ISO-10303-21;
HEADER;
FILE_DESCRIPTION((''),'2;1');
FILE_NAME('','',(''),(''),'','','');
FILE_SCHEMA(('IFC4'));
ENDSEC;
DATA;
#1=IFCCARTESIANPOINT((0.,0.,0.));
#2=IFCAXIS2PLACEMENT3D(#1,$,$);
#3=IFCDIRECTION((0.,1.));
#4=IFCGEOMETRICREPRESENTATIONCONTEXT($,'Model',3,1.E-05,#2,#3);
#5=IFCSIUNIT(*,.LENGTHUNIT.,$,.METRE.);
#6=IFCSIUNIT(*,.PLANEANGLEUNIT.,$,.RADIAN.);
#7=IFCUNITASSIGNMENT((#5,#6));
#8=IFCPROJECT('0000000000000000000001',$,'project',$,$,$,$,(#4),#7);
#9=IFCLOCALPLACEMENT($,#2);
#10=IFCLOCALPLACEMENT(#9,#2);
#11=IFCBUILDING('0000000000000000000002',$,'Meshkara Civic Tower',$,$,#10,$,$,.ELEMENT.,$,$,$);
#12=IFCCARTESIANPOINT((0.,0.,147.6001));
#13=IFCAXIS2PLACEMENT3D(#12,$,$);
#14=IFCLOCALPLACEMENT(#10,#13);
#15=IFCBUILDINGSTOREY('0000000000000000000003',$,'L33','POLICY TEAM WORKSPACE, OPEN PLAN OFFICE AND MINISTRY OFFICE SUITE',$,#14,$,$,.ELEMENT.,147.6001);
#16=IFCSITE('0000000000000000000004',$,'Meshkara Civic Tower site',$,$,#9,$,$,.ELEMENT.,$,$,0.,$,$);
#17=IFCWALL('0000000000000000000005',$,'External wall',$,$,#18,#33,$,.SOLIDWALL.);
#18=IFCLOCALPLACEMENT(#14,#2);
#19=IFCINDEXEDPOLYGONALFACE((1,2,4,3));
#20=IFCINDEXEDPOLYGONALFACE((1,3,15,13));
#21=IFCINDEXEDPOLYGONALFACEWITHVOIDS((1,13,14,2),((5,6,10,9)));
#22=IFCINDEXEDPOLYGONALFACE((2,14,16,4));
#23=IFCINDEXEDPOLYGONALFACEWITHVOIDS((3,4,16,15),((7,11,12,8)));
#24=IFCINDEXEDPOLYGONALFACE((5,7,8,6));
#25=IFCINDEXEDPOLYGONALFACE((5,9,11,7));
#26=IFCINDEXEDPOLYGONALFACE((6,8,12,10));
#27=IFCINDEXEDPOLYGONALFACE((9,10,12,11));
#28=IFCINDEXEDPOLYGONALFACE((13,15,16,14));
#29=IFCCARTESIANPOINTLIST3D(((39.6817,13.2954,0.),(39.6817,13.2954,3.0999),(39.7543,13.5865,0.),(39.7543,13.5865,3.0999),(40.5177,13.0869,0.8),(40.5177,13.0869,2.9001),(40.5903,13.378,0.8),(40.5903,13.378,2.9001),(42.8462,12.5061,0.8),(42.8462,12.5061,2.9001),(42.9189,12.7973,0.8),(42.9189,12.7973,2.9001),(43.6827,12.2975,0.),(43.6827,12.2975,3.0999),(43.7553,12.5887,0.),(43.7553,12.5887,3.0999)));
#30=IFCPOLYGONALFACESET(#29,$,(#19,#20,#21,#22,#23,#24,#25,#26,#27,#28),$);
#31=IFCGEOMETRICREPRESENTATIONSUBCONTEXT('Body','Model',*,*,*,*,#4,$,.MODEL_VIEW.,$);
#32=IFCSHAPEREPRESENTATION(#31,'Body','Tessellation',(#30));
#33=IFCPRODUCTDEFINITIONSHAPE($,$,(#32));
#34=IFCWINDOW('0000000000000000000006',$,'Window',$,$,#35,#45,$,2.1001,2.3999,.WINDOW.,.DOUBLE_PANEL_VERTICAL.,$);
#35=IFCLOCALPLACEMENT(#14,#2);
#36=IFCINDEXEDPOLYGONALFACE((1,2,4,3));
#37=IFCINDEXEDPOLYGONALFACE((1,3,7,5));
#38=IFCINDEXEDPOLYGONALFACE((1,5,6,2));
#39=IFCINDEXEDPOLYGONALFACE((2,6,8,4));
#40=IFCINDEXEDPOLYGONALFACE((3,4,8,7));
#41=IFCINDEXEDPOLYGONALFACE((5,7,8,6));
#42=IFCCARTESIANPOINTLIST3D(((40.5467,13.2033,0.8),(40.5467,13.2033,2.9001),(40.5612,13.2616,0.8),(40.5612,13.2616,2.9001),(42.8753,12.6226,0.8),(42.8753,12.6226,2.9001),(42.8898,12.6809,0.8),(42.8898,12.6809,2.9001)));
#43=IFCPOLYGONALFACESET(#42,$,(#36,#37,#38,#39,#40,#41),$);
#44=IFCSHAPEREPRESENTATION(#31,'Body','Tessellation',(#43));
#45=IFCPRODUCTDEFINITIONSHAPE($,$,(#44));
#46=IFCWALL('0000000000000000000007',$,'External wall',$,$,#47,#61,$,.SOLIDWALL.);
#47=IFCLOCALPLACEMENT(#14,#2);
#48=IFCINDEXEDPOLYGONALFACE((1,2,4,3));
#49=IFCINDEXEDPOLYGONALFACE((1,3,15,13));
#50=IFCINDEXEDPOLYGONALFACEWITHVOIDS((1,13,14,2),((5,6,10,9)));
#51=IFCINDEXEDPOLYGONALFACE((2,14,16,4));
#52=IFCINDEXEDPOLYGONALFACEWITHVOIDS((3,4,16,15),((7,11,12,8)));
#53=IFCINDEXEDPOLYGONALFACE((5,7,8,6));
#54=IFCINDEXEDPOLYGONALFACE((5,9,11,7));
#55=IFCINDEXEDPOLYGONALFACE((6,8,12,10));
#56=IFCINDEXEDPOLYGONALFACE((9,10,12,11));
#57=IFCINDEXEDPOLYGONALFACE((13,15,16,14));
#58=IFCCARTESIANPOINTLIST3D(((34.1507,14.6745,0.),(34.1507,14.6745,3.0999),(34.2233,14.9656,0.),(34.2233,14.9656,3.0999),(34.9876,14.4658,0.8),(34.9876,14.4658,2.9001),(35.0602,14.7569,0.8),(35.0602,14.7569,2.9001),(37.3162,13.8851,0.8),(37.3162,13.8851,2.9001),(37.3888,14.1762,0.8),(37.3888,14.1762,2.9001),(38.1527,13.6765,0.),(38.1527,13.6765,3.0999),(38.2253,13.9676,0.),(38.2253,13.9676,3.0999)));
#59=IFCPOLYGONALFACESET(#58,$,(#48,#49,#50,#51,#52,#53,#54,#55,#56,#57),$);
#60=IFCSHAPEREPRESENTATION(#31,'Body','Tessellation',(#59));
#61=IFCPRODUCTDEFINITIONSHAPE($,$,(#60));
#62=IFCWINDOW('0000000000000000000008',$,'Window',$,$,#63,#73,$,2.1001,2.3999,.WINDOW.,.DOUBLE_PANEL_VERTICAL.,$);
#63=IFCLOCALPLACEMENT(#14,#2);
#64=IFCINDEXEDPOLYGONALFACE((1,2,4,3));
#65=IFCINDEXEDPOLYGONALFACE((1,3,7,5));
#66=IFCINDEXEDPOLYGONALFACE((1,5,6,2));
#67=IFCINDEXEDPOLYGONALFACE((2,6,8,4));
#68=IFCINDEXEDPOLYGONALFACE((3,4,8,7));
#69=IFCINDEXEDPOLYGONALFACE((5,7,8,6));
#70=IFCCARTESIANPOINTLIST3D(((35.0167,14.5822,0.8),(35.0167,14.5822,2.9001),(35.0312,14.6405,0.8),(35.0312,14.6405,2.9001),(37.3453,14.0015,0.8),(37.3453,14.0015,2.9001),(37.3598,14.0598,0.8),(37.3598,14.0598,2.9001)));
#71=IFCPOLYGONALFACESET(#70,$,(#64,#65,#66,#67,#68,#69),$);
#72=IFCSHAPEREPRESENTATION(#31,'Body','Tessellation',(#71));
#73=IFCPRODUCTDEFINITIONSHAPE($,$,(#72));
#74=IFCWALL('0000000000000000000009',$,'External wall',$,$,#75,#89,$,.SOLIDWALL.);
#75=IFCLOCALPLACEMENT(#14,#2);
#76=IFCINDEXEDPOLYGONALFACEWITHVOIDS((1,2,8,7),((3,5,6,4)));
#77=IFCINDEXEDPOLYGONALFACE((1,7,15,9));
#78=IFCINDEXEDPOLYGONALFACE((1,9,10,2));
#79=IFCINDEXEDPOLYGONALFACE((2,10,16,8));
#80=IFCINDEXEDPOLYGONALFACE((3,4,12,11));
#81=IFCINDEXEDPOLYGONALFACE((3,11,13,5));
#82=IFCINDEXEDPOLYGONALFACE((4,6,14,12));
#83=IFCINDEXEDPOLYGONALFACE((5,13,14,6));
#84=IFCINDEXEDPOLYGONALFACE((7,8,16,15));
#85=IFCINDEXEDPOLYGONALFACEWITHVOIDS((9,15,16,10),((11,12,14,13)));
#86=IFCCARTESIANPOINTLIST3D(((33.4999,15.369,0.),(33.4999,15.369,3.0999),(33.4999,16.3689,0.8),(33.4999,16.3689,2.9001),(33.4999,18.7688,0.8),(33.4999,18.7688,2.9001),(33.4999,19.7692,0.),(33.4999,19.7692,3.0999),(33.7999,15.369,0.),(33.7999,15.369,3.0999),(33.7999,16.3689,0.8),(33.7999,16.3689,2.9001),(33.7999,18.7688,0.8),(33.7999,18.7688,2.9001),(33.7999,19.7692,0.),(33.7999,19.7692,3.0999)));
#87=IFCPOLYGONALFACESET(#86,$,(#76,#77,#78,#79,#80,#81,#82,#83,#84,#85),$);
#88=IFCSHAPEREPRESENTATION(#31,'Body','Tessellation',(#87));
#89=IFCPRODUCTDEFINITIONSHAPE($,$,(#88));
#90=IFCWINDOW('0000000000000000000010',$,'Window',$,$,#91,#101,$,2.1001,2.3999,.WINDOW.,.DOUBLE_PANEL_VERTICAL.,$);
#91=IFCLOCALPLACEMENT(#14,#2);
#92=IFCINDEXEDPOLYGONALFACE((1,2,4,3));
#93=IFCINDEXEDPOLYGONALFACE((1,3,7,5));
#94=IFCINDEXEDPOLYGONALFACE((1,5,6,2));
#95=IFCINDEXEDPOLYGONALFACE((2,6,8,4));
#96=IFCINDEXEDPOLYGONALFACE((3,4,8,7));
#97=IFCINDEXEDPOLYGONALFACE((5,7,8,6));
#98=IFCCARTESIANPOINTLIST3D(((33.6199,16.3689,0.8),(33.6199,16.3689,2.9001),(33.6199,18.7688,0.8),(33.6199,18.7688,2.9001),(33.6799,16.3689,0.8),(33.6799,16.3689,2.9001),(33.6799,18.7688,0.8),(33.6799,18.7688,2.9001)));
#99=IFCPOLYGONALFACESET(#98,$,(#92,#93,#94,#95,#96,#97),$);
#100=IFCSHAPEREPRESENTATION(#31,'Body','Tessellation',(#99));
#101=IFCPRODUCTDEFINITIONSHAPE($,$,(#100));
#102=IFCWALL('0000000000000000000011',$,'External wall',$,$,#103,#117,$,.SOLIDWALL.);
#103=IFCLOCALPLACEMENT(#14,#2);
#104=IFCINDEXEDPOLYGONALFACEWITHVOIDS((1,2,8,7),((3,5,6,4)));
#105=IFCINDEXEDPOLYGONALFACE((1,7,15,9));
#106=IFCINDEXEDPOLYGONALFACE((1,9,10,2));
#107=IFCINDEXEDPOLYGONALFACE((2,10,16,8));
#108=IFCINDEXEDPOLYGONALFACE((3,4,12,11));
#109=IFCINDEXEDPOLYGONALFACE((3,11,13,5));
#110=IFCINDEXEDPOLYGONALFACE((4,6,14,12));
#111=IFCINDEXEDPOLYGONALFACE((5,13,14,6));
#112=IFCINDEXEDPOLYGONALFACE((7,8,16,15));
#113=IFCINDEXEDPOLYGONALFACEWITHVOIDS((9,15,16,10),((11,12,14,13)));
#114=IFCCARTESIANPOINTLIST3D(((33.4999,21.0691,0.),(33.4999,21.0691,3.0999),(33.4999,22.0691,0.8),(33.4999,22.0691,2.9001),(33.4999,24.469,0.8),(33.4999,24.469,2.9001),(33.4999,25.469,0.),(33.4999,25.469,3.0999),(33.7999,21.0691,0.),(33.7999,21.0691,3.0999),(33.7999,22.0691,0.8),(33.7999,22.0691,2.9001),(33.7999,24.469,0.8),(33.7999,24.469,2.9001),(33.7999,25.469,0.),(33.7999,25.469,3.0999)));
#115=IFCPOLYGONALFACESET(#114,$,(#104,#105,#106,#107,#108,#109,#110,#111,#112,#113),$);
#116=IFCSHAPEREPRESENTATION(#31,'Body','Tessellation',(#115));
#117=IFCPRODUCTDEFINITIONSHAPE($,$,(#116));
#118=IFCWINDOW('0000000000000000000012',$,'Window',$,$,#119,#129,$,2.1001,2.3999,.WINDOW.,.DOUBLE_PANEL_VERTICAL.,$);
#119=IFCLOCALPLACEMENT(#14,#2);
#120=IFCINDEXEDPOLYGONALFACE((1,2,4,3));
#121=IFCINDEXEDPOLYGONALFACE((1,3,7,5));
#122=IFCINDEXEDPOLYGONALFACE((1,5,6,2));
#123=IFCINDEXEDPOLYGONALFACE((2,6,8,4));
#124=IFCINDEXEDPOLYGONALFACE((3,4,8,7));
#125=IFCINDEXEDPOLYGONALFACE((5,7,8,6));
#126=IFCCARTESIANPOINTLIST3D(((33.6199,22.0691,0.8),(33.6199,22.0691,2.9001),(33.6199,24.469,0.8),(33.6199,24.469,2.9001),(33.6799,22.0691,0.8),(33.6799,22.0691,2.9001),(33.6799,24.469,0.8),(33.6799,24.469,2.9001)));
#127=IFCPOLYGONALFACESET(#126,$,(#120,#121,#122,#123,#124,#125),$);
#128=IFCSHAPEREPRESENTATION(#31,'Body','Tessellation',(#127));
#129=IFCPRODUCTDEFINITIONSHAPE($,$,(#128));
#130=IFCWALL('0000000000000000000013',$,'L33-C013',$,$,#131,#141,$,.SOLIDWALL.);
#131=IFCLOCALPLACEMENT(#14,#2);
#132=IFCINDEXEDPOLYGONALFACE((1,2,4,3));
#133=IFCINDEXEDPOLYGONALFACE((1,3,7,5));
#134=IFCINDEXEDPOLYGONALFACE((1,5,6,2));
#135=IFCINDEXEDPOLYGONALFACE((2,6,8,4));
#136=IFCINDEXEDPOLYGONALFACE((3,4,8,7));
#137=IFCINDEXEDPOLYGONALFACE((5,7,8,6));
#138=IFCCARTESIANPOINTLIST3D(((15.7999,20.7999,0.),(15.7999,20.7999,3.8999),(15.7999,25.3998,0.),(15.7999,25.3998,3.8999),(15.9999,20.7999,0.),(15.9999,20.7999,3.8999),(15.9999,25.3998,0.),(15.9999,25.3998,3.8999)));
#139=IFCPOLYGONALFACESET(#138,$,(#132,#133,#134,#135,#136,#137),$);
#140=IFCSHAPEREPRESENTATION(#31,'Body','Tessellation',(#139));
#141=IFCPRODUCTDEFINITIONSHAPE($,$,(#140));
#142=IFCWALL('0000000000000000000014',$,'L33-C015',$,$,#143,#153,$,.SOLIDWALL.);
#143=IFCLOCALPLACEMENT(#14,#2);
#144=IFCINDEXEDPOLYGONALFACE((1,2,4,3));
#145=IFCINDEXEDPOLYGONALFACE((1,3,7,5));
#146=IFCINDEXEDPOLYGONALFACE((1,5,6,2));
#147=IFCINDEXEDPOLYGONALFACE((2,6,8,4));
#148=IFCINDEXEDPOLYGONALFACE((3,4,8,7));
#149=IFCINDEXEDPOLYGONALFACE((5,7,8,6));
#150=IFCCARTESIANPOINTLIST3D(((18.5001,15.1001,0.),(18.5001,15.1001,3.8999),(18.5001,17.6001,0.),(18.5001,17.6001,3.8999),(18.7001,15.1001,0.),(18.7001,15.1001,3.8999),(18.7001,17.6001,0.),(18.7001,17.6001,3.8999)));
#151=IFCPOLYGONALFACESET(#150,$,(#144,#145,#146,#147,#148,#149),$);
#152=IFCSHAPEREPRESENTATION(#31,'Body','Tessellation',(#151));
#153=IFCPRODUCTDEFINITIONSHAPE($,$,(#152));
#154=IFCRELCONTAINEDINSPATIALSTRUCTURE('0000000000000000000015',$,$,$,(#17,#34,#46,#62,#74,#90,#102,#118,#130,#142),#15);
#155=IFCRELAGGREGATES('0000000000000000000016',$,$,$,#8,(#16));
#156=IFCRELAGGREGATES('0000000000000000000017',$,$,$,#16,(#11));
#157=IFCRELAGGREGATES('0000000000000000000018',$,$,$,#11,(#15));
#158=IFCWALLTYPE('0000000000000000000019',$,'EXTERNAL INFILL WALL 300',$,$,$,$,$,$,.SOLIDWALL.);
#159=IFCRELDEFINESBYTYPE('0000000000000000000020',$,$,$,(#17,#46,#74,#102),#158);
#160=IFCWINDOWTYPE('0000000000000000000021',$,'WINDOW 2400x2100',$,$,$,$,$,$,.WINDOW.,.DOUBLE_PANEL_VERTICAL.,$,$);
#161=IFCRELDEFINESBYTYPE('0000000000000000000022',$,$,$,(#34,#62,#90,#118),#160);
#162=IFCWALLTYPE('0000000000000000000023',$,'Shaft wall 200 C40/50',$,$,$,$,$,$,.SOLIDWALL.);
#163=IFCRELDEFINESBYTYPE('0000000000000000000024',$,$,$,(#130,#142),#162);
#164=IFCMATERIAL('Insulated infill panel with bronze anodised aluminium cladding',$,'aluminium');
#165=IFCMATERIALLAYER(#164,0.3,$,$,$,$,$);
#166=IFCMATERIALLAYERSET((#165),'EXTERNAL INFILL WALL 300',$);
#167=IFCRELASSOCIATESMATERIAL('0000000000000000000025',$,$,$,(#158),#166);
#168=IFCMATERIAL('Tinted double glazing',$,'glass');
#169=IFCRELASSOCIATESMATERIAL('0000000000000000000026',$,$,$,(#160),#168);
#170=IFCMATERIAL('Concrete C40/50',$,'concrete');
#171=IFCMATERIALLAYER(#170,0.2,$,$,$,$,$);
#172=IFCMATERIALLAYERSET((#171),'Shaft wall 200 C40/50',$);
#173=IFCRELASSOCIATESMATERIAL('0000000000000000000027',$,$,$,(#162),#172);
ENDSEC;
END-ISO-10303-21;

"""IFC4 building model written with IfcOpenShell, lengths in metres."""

from ifc_helpers import new_model, si_unit, direction, frame, frame_2d, origin, place, context, subcontext, project, spatial, rectangle, extrude, material, layer, layer_set, type_object, element, fill, save


model = new_model("IFC4")

# Units and contexts
model_context = context("Model", 3, precision=1e-05, world=origin(), true_north=direction((0.0, 1.0)))
body_context = subcontext(model_context, "Body", "Model", "MODEL_VIEW")
ifc_project = project(units=[si_unit("LENGTHUNIT", "METRE"), si_unit("PLANEANGLEUNIT", "RADIAN")], contexts=[model_context])

# Site, building, storey
site_placement = place(None, origin())
site = spatial("IfcSite", under=ifc_project, at=site_placement, Name="Meshkara Civic Tower site", CompositionType="ELEMENT", RefElevation=0.0)
building_placement = place(site_placement, origin())
building = spatial("IfcBuilding", under=site, at=building_placement, Name="Meshkara Civic Tower", CompositionType="ELEMENT")
storey_placement = place(building_placement, frame((0.0, 0.0, 147.6001)))
storey = spatial("IfcBuildingStorey", under=building, at=storey_placement, Name="L33", Description="POLICY TEAM WORKSPACE, OPEN PLAN OFFICE AND MINISTRY OFFICE SUITE", CompositionType="ELEMENT", Elevation=147.6001)

# Walls, openings, windows
ifc_material_1 = material(Name="Insulated infill panel with bronze anodised aluminium cladding", Category="aluminium")
ifc_layer_1 = layer(ifc_material_1, 0.3)
ifc_layer_set_1 = layer_set([ifc_layer_1], Name="EXTERNAL INFILL WALL 300")
wall_type_1 = type_object("IfcWallType", Name="EXTERNAL INFILL WALL 300", PredefinedType="SOLIDWALL", material=ifc_layer_set_1)
wall_1_placement = place(storey_placement, frame((43.719, 12.4431, 0.0), z_axis=(0.0, 0.0, 1.0), x_axis=(-0.970282, 0.241978, 0.0)))
wall_1 = element("IfcWall", 1, at=wall_1_placement, inside=storey, type_object=wall_type_1, Name="External wall", PredefinedType="SOLIDWALL", context=body_context, shape_type="SweptSolid", body=[
    extrude(rectangle(XDim=4.1235, YDim=0.3, at=frame_2d((2.0618, 0.0))), origin(), (0.0, 0.0, 1.0), 3.0999),
])
opening_1_placement = place(wall_1_placement, frame((0.8621, 0.0, 0.8)))
opening_1 = element("IfcOpeningElement", 2, at=opening_1_placement, cuts=wall_1, PredefinedType="OPENING", context=body_context, shape_type="SweptSolid", body=[
    extrude(rectangle(XDim=2.3999, YDim=2.1001, at=frame_2d((1.2, 1.05))), frame((0.0, 0.1599, 0.0), z_axis=(0.0, -1.0, 0.0), x_axis=(1.0, 0.0, 0.0)), (0.0, 0.0, 1.0), 0.3201),
])
ifc_material_2 = material(Name="Tinted double glazing", Category="glass")
window_type = type_object("IfcWindowType", Name="WINDOW 2400x2100", PartitioningType="DOUBLE_PANEL_VERTICAL", PredefinedType="WINDOW", material=ifc_material_2)
window_1_placement = place(opening_1_placement, origin())
window_1 = element("IfcWindow", 3, at=window_1_placement, inside=storey, type_object=window_type, Name="Window", OverallHeight=2.1001, OverallWidth=2.3999, PartitioningType="DOUBLE_PANEL_VERTICAL", PredefinedType="WINDOW", context=body_context, shape_type="SweptSolid", body=[
    extrude(rectangle(XDim=2.3999, YDim=2.1001, at=frame_2d((1.2, 1.05))), frame((0.0, 0.03, 0.0), z_axis=(0.0, -1.0, 0.0), x_axis=(1.0, 0.0, 0.0)), (0.0, 0.0, 1.0), 0.0601),
])
fill(opening_1, window_1)
wall_2_placement = place(storey_placement, frame((38.189, 13.822, 0.0), z_axis=(0.0, 0.0, 1.0), x_axis=(-0.970282, 0.241978, 0.0)))
wall_2 = element("IfcWall", 4, at=wall_2_placement, inside=storey, type_object=wall_type_1, Name="External wall", PredefinedType="SOLIDWALL", context=body_context, shape_type="SweptSolid", body=[
    extrude(rectangle(XDim=4.1245, YDim=0.3, at=frame_2d((2.0623, 0.0))), origin(), (0.0, 0.0, 1.0), 3.0999),
])
opening_2_placement = place(wall_2_placement, frame((0.8621, 0.0, 0.8)))
opening_2 = element("IfcOpeningElement", 5, at=opening_2_placement, cuts=wall_2, PredefinedType="OPENING", context=body_context, shape_type="SweptSolid", body=[
    extrude(rectangle(XDim=2.3999, YDim=2.1001, at=frame_2d((1.2, 1.05))), frame((0.0, 0.1599, 0.0), z_axis=(0.0, -1.0, 0.0), x_axis=(1.0, 0.0, 0.0)), (0.0, 0.0, 1.0), 0.3201),
])
window_2_placement = place(opening_2_placement, origin())
window_2 = element("IfcWindow", 6, at=window_2_placement, inside=storey, type_object=window_type, Name="Window", OverallHeight=2.1001, OverallWidth=2.3999, PartitioningType="DOUBLE_PANEL_VERTICAL", PredefinedType="WINDOW", context=body_context, shape_type="SweptSolid", body=[
    extrude(rectangle(XDim=2.3999, YDim=2.1001, at=frame_2d((1.2, 1.05))), frame((0.0, 0.03, 0.0), z_axis=(0.0, -1.0, 0.0), x_axis=(1.0, 0.0, 0.0)), (0.0, 0.0, 1.0), 0.0601),
])
fill(opening_2, window_2)
wall_3_placement = place(storey_placement, frame((33.6499, 15.3689, 0.0), z_axis=(0.0, 0.0, 1.0), x_axis=(0.0, 1.0, 0.0)))
wall_3 = element("IfcWall", 7, at=wall_3_placement, inside=storey, type_object=wall_type_1, Name="External wall", PredefinedType="SOLIDWALL", context=body_context, shape_type="SweptSolid", body=[
    extrude(rectangle(XDim=4.4001, YDim=0.3, at=frame_2d((2.2002, 0.0))), origin(), (0.0, 0.0, 1.0), 3.0999),
])
opening_3_placement = place(wall_3_placement, frame((1.0, 0.0, 0.8)))
opening_3 = element("IfcOpeningElement", 8, at=opening_3_placement, cuts=wall_3, PredefinedType="OPENING", context=body_context, shape_type="SweptSolid", body=[
    extrude(rectangle(XDim=2.3999, YDim=2.1001, at=frame_2d((1.2, 1.05))), frame((0.0, 0.1599, 0.0), z_axis=(0.0, -1.0, 0.0), x_axis=(1.0, 0.0, 0.0)), (0.0, 0.0, 1.0), 0.3201),
])
window_3_placement = place(opening_3_placement, origin())
window_3 = element("IfcWindow", 9, at=window_3_placement, inside=storey, type_object=window_type, Name="Window", OverallHeight=2.1001, OverallWidth=2.3999, PartitioningType="DOUBLE_PANEL_VERTICAL", PredefinedType="WINDOW", context=body_context, shape_type="SweptSolid", body=[
    extrude(rectangle(XDim=2.3999, YDim=2.1001, at=frame_2d((1.2, 1.05))), frame((0.0, 0.03, 0.0), z_axis=(0.0, -1.0, 0.0), x_axis=(1.0, 0.0, 0.0)), (0.0, 0.0, 1.0), 0.0601),
])
fill(opening_3, window_3)
wall_4_placement = place(storey_placement, frame((33.6499, 21.0691, 0.0), z_axis=(0.0, 0.0, 1.0), x_axis=(0.0, 1.0, 0.0)))
wall_4 = element("IfcWall", 10, at=wall_4_placement, inside=storey, type_object=wall_type_1, Name="External wall", PredefinedType="SOLIDWALL", context=body_context, shape_type="SweptSolid", body=[
    extrude(rectangle(XDim=4.3999, YDim=0.3, at=frame_2d((2.2, 0.0))), origin(), (0.0, 0.0, 1.0), 3.0999),
])
opening_4_placement = place(wall_4_placement, frame((1.0, 0.0, 0.8)))
opening_4 = element("IfcOpeningElement", 11, at=opening_4_placement, cuts=wall_4, PredefinedType="OPENING", context=body_context, shape_type="SweptSolid", body=[
    extrude(rectangle(XDim=2.3999, YDim=2.1001, at=frame_2d((1.2, 1.05))), frame((0.0, 0.1599, 0.0), z_axis=(0.0, -1.0, 0.0), x_axis=(1.0, 0.0, 0.0)), (0.0, 0.0, 1.0), 0.3201),
])
window_4_placement = place(opening_4_placement, origin())
window_4 = element("IfcWindow", 12, at=window_4_placement, inside=storey, type_object=window_type, Name="Window", OverallHeight=2.1001, OverallWidth=2.3999, PartitioningType="DOUBLE_PANEL_VERTICAL", PredefinedType="WINDOW", context=body_context, shape_type="SweptSolid", body=[
    extrude(rectangle(XDim=2.3999, YDim=2.1001, at=frame_2d((1.2, 1.05))), frame((0.0, 0.03, 0.0), z_axis=(0.0, -1.0, 0.0), x_axis=(1.0, 0.0, 0.0)), (0.0, 0.0, 1.0), 0.0601),
])
fill(opening_4, window_4)

# Walls
ifc_material_3 = material(Name="Concrete C40/50", Category="concrete")
ifc_layer_2 = layer(ifc_material_3, 0.2)
ifc_layer_set_2 = layer_set([ifc_layer_2], Name="Shaft wall 200 C40/50")
wall_type_2 = type_object("IfcWallType", Name="Shaft wall 200 C40/50", PredefinedType="SOLIDWALL", material=ifc_layer_set_2)
wall_5_placement = place(storey_placement, frame((15.8999, 20.8, 0.0), z_axis=(0.0, 0.0, 1.0), x_axis=(0.0, 1.0, 0.0)))
element("IfcWall", 13, at=wall_5_placement, inside=storey, type_object=wall_type_2, Name="L33-C013", PredefinedType="SOLIDWALL", context=body_context, shape_type="SweptSolid", body=[
    extrude(rectangle(XDim=4.5999, YDim=0.2, at=frame_2d((2.2998, 0.0))), origin(), (0.0, 0.0, 1.0), 3.8999),
])
wall_6_placement = place(storey_placement, frame((18.6001, 15.1001, 0.0), z_axis=(0.0, 0.0, 1.0), x_axis=(0.0, 1.0, 0.0)))
element("IfcWall", 14, at=wall_6_placement, inside=storey, type_object=wall_type_2, Name="L33-C015", PredefinedType="SOLIDWALL", context=body_context, shape_type="SweptSolid", body=[
    extrude(rectangle(XDim=2.5, YDim=0.2, at=frame_2d((1.25, 0.0))), origin(), (0.0, 0.0, 1.0), 3.8999),
])

save(model, "model.ifc")
